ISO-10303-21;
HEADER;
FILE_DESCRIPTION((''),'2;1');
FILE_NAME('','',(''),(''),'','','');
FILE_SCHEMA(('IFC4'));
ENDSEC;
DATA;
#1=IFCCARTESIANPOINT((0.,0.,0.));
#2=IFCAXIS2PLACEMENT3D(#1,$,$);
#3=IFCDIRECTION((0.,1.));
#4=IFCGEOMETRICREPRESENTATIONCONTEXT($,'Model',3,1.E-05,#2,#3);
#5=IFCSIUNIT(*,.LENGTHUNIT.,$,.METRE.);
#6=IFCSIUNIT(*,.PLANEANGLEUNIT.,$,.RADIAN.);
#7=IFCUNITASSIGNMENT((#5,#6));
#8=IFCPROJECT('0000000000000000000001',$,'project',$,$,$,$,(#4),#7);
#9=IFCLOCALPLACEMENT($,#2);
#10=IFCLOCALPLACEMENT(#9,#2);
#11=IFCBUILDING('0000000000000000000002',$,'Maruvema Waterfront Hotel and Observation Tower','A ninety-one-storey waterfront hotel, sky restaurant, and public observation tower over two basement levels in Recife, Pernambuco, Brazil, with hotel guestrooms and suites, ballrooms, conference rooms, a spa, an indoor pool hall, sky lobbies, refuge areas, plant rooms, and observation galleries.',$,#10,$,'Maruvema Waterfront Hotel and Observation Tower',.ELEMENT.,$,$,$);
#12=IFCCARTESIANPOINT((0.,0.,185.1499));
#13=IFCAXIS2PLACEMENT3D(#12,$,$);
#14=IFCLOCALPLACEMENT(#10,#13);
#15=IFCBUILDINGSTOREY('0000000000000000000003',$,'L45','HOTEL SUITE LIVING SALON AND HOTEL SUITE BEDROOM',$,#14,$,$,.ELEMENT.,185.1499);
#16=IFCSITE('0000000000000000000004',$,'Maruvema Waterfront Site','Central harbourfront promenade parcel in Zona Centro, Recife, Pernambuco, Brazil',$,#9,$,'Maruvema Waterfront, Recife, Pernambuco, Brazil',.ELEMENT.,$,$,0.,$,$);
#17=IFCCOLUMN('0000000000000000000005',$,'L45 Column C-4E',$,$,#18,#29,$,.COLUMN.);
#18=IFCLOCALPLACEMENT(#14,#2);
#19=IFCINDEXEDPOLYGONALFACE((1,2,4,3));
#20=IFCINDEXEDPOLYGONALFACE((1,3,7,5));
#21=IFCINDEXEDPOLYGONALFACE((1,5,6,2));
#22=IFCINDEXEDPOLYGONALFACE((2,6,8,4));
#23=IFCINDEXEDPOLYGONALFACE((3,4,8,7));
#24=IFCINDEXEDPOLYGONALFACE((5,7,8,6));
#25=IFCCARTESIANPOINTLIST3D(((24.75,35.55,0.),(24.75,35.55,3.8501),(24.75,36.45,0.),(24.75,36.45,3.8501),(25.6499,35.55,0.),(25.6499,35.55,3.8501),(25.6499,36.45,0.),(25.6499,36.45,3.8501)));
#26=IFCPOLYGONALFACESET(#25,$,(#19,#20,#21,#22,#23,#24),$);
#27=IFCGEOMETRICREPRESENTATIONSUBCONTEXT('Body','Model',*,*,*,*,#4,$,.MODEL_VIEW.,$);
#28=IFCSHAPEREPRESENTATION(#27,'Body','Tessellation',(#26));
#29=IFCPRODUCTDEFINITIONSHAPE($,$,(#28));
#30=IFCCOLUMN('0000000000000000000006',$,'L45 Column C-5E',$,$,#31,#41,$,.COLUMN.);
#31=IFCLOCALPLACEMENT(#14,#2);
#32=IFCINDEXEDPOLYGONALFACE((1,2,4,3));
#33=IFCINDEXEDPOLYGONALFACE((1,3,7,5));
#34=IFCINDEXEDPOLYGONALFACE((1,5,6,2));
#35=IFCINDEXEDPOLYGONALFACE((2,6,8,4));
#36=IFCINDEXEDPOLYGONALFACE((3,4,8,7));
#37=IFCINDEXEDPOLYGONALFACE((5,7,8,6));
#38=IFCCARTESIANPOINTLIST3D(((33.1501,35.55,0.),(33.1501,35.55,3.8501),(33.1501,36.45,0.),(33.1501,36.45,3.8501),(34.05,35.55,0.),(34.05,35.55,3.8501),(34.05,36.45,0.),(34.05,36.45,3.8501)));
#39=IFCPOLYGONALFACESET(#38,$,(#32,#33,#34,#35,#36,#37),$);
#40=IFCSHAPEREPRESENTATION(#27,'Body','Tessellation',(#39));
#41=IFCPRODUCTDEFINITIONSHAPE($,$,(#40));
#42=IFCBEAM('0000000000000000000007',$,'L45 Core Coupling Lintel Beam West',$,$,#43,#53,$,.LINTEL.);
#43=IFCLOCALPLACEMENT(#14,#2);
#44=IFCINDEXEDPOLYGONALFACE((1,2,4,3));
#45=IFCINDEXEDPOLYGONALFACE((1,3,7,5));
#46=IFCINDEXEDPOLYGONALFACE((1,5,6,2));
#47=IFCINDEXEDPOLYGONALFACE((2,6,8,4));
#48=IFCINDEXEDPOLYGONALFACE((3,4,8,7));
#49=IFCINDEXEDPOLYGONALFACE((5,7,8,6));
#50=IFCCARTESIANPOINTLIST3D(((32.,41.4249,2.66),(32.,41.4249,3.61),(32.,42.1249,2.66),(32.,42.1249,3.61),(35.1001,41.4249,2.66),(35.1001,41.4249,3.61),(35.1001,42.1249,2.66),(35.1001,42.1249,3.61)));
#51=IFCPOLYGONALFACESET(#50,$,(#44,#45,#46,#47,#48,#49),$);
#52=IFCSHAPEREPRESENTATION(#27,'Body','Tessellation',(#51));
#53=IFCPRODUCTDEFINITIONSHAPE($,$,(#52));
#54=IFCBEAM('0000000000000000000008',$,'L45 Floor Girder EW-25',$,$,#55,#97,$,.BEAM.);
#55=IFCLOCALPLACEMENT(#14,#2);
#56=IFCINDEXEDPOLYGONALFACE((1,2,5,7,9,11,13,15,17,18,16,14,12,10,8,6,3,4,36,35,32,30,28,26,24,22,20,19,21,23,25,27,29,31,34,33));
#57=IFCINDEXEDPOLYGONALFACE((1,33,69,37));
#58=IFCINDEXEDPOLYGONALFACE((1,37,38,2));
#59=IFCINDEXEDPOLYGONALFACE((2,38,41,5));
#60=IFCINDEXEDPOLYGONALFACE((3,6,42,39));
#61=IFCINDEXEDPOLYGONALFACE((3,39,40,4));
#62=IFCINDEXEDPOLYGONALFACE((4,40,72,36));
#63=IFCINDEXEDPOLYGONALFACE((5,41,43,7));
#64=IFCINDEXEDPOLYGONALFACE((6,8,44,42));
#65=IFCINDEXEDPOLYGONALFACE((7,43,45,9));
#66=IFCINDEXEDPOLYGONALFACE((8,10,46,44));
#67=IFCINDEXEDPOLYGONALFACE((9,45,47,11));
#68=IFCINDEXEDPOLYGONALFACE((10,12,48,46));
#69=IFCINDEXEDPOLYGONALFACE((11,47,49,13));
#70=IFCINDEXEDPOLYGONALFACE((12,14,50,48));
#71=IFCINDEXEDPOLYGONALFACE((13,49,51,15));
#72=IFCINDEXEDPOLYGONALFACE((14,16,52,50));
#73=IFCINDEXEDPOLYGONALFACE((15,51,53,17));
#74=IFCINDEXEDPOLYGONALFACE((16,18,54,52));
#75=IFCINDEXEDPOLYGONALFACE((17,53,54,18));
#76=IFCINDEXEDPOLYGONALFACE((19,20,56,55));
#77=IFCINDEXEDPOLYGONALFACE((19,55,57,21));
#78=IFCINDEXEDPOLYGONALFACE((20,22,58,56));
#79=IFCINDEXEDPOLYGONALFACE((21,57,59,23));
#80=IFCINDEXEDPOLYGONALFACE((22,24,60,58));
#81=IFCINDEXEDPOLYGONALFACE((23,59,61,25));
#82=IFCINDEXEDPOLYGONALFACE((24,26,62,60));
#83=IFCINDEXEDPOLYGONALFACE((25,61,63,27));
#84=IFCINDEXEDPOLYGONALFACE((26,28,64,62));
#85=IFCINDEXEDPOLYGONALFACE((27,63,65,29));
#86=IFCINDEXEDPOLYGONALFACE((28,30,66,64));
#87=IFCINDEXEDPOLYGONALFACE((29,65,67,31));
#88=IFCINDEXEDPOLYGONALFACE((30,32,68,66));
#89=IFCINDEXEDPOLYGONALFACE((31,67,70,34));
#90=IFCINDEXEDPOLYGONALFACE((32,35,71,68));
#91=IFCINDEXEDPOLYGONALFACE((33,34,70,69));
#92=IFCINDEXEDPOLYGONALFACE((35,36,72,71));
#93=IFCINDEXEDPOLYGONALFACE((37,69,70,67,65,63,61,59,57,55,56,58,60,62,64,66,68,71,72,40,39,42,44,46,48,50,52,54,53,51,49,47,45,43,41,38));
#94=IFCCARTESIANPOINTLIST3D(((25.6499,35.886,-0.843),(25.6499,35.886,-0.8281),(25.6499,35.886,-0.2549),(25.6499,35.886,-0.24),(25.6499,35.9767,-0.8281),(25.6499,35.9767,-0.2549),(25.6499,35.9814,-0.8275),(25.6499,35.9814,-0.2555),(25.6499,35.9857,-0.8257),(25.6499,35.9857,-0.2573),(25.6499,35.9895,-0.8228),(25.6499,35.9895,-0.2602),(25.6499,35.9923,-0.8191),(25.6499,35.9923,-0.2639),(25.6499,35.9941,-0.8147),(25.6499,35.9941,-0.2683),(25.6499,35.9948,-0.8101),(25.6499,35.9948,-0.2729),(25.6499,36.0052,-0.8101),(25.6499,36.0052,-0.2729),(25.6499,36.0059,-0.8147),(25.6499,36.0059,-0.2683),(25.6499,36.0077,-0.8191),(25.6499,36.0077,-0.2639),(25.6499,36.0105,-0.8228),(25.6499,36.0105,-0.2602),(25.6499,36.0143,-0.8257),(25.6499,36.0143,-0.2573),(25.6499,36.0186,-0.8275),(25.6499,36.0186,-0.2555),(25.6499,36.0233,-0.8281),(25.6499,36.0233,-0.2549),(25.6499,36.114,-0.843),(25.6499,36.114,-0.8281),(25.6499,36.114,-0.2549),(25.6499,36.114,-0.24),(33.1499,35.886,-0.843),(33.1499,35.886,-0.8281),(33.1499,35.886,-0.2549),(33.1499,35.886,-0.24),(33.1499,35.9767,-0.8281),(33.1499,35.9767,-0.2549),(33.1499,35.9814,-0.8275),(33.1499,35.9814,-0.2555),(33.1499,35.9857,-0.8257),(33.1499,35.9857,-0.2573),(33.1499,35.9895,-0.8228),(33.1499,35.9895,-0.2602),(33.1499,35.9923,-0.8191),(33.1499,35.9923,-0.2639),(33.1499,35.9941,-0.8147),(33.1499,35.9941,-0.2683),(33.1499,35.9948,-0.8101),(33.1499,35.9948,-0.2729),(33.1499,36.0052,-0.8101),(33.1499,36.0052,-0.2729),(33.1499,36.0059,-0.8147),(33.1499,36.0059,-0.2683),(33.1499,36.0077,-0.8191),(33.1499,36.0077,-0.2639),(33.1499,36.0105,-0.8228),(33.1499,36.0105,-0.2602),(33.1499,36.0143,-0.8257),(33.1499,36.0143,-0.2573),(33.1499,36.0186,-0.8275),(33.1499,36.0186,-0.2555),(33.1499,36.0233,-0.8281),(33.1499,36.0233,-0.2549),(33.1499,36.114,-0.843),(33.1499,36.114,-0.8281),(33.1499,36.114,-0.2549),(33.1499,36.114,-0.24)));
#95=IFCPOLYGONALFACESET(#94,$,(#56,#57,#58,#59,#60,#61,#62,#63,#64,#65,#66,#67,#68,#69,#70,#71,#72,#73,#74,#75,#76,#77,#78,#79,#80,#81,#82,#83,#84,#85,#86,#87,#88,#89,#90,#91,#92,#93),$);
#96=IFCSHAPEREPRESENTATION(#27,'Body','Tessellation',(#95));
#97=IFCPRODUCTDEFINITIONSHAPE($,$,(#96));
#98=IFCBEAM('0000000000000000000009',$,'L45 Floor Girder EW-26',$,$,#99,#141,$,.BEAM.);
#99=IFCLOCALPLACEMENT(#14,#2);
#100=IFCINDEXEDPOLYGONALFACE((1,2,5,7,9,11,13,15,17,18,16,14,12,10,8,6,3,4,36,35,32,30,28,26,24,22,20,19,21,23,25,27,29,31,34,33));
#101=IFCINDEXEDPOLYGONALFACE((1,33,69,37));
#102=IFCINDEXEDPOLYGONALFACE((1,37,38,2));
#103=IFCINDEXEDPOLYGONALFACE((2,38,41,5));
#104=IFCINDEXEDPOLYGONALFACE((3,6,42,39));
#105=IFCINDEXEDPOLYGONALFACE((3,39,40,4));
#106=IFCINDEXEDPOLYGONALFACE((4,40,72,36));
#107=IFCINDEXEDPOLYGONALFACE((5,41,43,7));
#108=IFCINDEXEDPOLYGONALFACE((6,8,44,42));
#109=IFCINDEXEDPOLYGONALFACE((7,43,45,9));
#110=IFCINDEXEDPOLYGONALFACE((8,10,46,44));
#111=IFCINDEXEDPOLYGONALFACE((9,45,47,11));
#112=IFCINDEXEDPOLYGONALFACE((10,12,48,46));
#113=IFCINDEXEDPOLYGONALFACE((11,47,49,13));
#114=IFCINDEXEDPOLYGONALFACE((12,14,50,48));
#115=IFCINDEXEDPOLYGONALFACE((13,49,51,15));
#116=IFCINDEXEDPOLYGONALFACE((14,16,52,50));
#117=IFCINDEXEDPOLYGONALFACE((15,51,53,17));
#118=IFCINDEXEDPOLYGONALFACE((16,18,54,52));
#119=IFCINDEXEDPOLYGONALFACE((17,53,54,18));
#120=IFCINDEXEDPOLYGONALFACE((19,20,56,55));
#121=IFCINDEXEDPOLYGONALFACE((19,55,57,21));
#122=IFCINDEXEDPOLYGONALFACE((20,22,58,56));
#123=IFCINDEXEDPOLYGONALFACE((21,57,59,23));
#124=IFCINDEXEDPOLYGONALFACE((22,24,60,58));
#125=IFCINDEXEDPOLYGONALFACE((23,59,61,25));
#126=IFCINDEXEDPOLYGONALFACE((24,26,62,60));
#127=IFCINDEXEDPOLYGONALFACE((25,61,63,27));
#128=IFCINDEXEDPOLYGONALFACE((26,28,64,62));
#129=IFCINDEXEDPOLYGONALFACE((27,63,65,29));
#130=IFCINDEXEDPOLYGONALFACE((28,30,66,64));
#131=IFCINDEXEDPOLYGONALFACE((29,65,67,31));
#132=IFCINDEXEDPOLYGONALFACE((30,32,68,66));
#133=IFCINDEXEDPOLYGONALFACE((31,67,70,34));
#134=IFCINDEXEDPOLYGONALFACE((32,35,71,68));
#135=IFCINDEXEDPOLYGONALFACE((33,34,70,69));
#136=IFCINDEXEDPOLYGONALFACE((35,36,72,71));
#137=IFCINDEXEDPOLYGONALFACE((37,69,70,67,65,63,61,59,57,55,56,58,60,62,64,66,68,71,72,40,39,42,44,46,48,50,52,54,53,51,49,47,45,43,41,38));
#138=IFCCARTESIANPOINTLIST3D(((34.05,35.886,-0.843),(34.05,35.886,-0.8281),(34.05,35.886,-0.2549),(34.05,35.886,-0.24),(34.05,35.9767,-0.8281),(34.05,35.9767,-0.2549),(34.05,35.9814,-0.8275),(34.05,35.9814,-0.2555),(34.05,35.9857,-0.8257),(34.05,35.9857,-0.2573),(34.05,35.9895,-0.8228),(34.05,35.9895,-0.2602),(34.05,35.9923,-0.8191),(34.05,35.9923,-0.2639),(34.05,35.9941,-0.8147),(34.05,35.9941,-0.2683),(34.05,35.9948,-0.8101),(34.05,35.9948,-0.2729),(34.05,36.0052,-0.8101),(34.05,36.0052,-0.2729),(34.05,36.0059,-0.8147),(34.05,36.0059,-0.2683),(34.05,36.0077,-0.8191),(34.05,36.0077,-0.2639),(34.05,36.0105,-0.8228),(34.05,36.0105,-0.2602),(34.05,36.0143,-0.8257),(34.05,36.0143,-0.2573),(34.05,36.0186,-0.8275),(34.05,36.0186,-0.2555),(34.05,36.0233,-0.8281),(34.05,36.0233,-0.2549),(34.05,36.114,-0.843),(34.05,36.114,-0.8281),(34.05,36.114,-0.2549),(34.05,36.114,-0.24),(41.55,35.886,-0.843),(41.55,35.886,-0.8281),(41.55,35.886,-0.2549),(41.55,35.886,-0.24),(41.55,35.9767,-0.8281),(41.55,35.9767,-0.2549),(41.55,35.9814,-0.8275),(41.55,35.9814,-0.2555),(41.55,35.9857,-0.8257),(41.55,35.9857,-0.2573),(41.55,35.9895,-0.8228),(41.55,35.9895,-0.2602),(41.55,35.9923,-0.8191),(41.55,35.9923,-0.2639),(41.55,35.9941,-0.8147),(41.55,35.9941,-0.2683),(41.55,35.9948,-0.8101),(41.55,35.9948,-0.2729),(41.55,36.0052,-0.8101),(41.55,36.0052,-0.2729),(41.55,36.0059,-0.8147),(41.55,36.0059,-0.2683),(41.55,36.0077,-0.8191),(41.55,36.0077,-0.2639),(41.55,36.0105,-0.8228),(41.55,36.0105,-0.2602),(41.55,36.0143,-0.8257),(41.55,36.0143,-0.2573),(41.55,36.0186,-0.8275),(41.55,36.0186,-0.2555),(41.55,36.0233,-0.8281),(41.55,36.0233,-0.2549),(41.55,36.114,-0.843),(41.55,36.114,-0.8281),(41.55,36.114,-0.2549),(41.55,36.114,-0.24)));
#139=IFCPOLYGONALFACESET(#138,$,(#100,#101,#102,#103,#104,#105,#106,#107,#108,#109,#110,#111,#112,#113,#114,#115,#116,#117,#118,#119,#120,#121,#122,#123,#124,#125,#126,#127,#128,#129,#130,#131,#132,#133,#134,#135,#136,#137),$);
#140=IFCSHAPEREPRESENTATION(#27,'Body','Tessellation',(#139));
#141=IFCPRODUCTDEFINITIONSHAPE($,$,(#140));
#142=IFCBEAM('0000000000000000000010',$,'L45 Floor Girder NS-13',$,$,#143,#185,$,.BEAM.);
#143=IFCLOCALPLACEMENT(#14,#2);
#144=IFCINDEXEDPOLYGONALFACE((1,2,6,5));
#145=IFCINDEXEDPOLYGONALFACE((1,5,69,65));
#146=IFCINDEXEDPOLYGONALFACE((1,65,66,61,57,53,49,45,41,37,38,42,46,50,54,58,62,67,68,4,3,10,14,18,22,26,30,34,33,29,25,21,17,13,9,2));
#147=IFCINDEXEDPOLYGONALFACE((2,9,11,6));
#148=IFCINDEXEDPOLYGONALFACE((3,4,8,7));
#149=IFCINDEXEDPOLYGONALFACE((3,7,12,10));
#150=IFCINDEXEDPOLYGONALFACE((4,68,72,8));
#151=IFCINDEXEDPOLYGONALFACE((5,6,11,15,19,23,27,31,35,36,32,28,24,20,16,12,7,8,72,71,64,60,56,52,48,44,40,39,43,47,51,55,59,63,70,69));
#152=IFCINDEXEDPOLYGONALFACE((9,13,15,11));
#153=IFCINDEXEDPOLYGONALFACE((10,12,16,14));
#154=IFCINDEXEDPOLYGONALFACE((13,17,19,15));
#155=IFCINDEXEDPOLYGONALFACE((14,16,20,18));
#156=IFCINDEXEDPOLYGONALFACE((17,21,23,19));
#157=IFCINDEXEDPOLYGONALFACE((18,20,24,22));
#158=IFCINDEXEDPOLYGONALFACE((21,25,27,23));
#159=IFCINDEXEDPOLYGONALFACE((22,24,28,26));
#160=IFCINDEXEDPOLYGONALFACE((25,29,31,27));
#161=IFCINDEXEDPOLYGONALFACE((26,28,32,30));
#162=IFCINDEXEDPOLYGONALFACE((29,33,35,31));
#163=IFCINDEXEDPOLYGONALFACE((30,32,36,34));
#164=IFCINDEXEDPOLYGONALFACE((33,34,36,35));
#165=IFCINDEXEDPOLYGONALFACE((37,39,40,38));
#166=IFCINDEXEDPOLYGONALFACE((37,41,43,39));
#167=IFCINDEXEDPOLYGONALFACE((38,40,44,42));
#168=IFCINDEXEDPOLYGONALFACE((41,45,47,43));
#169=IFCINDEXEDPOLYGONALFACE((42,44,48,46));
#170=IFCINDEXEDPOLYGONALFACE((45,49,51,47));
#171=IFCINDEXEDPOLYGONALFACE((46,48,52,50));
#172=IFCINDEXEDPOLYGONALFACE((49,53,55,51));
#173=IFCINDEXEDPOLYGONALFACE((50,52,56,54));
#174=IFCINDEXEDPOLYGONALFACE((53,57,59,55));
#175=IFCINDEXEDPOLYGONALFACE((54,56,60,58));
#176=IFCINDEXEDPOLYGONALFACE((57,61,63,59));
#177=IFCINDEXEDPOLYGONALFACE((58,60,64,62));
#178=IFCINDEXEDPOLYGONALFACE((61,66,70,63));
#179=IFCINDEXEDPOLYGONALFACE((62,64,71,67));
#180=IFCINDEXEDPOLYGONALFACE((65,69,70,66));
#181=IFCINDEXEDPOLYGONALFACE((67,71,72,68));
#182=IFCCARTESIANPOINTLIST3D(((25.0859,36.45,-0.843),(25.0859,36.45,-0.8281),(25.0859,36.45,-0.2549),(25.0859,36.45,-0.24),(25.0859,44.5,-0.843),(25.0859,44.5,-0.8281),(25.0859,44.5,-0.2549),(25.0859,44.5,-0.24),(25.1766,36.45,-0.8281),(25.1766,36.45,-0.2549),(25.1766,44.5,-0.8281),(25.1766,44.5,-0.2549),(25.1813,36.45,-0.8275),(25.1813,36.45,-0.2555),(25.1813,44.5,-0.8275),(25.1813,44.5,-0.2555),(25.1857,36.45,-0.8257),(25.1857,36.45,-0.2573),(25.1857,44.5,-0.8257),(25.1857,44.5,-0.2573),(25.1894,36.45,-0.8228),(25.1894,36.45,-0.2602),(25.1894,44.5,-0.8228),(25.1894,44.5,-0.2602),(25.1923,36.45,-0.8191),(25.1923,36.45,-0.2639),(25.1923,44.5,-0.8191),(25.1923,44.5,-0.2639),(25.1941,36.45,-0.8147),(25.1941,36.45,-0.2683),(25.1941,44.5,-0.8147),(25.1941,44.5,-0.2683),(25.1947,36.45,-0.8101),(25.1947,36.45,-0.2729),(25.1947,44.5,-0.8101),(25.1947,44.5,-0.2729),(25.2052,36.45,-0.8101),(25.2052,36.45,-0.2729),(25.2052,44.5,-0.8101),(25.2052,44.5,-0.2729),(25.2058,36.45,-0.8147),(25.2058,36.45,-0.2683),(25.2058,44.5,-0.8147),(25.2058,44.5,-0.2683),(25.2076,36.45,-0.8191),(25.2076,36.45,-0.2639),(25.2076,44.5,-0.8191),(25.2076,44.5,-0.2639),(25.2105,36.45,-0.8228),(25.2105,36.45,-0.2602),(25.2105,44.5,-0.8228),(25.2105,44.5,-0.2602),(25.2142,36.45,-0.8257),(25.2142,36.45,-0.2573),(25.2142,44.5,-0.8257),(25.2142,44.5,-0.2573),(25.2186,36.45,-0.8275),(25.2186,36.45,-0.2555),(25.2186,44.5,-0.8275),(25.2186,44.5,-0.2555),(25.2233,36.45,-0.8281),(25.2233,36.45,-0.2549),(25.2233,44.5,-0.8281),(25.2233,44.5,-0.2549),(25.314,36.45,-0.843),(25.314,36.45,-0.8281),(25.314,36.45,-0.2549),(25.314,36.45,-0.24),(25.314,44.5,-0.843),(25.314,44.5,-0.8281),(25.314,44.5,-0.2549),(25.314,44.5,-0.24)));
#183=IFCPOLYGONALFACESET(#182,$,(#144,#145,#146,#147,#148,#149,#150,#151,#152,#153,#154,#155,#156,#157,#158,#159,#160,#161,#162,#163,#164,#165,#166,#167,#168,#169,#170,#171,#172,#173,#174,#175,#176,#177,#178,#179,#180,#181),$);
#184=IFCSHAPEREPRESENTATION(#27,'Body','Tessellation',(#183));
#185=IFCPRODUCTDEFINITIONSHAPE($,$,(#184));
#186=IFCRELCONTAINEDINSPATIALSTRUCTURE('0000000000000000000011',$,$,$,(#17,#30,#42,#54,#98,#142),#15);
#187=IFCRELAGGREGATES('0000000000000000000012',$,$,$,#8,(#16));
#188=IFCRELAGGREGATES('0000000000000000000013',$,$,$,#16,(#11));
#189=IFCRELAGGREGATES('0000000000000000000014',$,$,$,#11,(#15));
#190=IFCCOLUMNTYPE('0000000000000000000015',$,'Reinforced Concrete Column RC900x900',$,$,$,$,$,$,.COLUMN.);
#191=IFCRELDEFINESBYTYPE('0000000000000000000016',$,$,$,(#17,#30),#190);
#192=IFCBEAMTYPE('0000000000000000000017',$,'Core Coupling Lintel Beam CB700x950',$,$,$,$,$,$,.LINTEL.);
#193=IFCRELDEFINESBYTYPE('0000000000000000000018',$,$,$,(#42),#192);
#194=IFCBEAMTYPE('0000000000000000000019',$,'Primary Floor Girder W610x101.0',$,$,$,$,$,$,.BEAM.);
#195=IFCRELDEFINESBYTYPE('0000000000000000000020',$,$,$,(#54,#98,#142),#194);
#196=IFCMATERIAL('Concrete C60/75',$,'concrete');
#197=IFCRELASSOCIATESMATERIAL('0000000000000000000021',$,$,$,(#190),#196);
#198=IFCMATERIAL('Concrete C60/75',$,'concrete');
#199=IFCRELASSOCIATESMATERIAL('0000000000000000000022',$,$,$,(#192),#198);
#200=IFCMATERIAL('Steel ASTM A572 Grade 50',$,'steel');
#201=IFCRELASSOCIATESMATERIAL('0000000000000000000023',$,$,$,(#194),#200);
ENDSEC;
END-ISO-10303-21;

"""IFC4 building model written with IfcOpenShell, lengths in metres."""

from ifc_helpers import new_model, si_unit, direction, frame, origin, origin_2d, place, context, subcontext, project, spatial, rectangle, i_section, extrude, material, material_profile, profile_set, type_object, element, save


model = new_model("IFC4")

# Units and contexts
model_context = context("Model", 3, precision=1e-05, world=origin(), true_north=direction((0.0, 1.0)))
body_context = subcontext(model_context, "Body", "Model", "MODEL_VIEW")
ifc_project = project(units=[si_unit("LENGTHUNIT", "METRE"), si_unit("PLANEANGLEUNIT", "RADIAN")], contexts=[model_context])

# Site, building, storey
site_placement = place(None, origin())
site = spatial("IfcSite", under=ifc_project, at=site_placement, Name="Maruvema Waterfront Site", Description="Central harbourfront promenade parcel in Zona Centro, Recife, Pernambuco, Brazil", LongName="Maruvema Waterfront, Recife, Pernambuco, Brazil", CompositionType="ELEMENT", RefElevation=0.0)
building_placement = place(site_placement, origin())
building = spatial("IfcBuilding", under=site, at=building_placement, Name="Maruvema Waterfront Hotel and Observation Tower", Description="A ninety-one-storey waterfront hotel, sky restaurant, and public observation tower over two basement levels in Recife, Pernambuco, Brazil, with hotel guestrooms and suites, ballrooms, conference rooms, a spa, an indoor pool hall, sky lobbies, refuge areas, plant rooms, and observation galleries.", LongName="Maruvema Waterfront Hotel and Observation Tower", CompositionType="ELEMENT")
storey_placement = place(building_placement, frame((0.0, 0.0, 185.1499)))
storey = spatial("IfcBuildingStorey", under=building, at=storey_placement, Name="L45", Description="HOTEL SUITE LIVING SALON AND HOTEL SUITE BEDROOM", CompositionType="ELEMENT", Elevation=185.1499)

# Columns
ifc_material_1 = material(Name="Concrete C60/75", Category="concrete")
ifc_material_profile_1 = material_profile(ifc_material_1, rectangle(XDim=0.8999, YDim=0.8999, at=origin_2d()), Name="RC900x900")
ifc_profile_set_1 = profile_set([ifc_material_profile_1], Name="Concrete C60/75")
column_type = type_object("IfcColumnType", Name="Reinforced Concrete Column RC900x900", PredefinedType="COLUMN", material=ifc_profile_set_1)
for number, where, z_axis, x_axis, name in (
    (1, (25.2, 36.0, 0.0), (0.0, 0.0, 1.0), (1.0, 0.0, 0.0), "L45 Column C-4E"),
    (2, (33.6001, 36.0, 0.0), (0.0, 0.0, 1.0), (1.0, 0.0, 0.0), "L45 Column C-5E"),
):
    element("IfcColumn", number, at=place(storey_placement, frame(where, z_axis=z_axis, x_axis=x_axis)), inside=storey, type_object=column_type, Name=name, PredefinedType="COLUMN", context=body_context, shape_type="SweptSolid", body=[
        extrude(rectangle(XDim=0.8999, YDim=0.8999, at=origin_2d()), origin(), (0.0, 0.0, 1.0), 3.8501),
    ])

# Beams
ifc_material_2 = material(Name="Concrete C60/75", Category="concrete")
ifc_material_profile_2 = material_profile(ifc_material_2, rectangle(XDim=0.7, YDim=0.95, at=origin_2d()), Name="CB700x950")
ifc_profile_set_2 = profile_set([ifc_material_profile_2], Name="Concrete C60/75")
beam_type_1 = type_object("IfcBeamType", Name="Core Coupling Lintel Beam CB700x950", PredefinedType="LINTEL", material=ifc_profile_set_2)
beam_1_placement = place(storey_placement, frame((32.0, 41.7749, 3.135), z_axis=(1.0, 0.0, 0.0), x_axis=(0.0, 1.0, 0.0)))
element("IfcBeam", 3, at=beam_1_placement, inside=storey, type_object=beam_type_1, Name="L45 Core Coupling Lintel Beam West", PredefinedType="LINTEL", context=body_context, shape_type="SweptSolid", body=[
    extrude(rectangle(XDim=0.7, YDim=0.95, at=origin_2d()), origin(), (0.0, 0.0, 1.0), 3.1001),
])
ifc_material_3 = material(Name="Steel ASTM A572 Grade 50", Category="steel")
ifc_material_profile_3 = material_profile(ifc_material_3, i_section(OverallWidth=0.228, OverallDepth=0.603, WebThickness=0.0105, FlangeThickness=0.0149, FilletRadius=0.0181, at=origin_2d()), Name="W610x101.0")
ifc_profile_set_3 = profile_set([ifc_material_profile_3], Name="Steel ASTM A572 Grade 50")
beam_type_2 = type_object("IfcBeamType", Name="Primary Floor Girder W610x101.0", PredefinedType="BEAM", material=ifc_profile_set_3)
for number, where, z_axis, x_axis, name in (
    (4, (25.6499, 36.0, -0.5415), (1.0, 0.0, 0.0), (0.0, 1.0, 0.0), "L45 Floor Girder EW-25"),
    (5, (34.05, 36.0, -0.5415), (1.0, 0.0, 0.0), (0.0, 1.0, 0.0), "L45 Floor Girder EW-26"),
):
    element("IfcBeam", number, at=place(storey_placement, frame(where, z_axis=z_axis, x_axis=x_axis)), inside=storey, type_object=beam_type_2, Name=name, PredefinedType="BEAM", context=body_context, shape_type="SweptSolid", body=[
        extrude(i_section(OverallWidth=0.228, OverallDepth=0.603, WebThickness=0.0105, FlangeThickness=0.0149, FilletRadius=0.0181, at=origin_2d()), origin(), (0.0, 0.0, 1.0), 7.5),
    ])
beam_2_placement = place(storey_placement, frame((25.2, 36.45, -0.5415), z_axis=(0.0, 1.0, 0.0), x_axis=(-1.0, 0.0, 0.0)))
element("IfcBeam", 6, at=beam_2_placement, inside=storey, type_object=beam_type_2, Name="L45 Floor Girder NS-13", PredefinedType="BEAM", context=body_context, shape_type="SweptSolid", body=[
    extrude(i_section(OverallWidth=0.228, OverallDepth=0.603, WebThickness=0.0105, FlangeThickness=0.0149, FilletRadius=0.0181, at=origin_2d()), origin(), (0.0, 0.0, 1.0), 8.05),
])

save(model, "model.ifc")
